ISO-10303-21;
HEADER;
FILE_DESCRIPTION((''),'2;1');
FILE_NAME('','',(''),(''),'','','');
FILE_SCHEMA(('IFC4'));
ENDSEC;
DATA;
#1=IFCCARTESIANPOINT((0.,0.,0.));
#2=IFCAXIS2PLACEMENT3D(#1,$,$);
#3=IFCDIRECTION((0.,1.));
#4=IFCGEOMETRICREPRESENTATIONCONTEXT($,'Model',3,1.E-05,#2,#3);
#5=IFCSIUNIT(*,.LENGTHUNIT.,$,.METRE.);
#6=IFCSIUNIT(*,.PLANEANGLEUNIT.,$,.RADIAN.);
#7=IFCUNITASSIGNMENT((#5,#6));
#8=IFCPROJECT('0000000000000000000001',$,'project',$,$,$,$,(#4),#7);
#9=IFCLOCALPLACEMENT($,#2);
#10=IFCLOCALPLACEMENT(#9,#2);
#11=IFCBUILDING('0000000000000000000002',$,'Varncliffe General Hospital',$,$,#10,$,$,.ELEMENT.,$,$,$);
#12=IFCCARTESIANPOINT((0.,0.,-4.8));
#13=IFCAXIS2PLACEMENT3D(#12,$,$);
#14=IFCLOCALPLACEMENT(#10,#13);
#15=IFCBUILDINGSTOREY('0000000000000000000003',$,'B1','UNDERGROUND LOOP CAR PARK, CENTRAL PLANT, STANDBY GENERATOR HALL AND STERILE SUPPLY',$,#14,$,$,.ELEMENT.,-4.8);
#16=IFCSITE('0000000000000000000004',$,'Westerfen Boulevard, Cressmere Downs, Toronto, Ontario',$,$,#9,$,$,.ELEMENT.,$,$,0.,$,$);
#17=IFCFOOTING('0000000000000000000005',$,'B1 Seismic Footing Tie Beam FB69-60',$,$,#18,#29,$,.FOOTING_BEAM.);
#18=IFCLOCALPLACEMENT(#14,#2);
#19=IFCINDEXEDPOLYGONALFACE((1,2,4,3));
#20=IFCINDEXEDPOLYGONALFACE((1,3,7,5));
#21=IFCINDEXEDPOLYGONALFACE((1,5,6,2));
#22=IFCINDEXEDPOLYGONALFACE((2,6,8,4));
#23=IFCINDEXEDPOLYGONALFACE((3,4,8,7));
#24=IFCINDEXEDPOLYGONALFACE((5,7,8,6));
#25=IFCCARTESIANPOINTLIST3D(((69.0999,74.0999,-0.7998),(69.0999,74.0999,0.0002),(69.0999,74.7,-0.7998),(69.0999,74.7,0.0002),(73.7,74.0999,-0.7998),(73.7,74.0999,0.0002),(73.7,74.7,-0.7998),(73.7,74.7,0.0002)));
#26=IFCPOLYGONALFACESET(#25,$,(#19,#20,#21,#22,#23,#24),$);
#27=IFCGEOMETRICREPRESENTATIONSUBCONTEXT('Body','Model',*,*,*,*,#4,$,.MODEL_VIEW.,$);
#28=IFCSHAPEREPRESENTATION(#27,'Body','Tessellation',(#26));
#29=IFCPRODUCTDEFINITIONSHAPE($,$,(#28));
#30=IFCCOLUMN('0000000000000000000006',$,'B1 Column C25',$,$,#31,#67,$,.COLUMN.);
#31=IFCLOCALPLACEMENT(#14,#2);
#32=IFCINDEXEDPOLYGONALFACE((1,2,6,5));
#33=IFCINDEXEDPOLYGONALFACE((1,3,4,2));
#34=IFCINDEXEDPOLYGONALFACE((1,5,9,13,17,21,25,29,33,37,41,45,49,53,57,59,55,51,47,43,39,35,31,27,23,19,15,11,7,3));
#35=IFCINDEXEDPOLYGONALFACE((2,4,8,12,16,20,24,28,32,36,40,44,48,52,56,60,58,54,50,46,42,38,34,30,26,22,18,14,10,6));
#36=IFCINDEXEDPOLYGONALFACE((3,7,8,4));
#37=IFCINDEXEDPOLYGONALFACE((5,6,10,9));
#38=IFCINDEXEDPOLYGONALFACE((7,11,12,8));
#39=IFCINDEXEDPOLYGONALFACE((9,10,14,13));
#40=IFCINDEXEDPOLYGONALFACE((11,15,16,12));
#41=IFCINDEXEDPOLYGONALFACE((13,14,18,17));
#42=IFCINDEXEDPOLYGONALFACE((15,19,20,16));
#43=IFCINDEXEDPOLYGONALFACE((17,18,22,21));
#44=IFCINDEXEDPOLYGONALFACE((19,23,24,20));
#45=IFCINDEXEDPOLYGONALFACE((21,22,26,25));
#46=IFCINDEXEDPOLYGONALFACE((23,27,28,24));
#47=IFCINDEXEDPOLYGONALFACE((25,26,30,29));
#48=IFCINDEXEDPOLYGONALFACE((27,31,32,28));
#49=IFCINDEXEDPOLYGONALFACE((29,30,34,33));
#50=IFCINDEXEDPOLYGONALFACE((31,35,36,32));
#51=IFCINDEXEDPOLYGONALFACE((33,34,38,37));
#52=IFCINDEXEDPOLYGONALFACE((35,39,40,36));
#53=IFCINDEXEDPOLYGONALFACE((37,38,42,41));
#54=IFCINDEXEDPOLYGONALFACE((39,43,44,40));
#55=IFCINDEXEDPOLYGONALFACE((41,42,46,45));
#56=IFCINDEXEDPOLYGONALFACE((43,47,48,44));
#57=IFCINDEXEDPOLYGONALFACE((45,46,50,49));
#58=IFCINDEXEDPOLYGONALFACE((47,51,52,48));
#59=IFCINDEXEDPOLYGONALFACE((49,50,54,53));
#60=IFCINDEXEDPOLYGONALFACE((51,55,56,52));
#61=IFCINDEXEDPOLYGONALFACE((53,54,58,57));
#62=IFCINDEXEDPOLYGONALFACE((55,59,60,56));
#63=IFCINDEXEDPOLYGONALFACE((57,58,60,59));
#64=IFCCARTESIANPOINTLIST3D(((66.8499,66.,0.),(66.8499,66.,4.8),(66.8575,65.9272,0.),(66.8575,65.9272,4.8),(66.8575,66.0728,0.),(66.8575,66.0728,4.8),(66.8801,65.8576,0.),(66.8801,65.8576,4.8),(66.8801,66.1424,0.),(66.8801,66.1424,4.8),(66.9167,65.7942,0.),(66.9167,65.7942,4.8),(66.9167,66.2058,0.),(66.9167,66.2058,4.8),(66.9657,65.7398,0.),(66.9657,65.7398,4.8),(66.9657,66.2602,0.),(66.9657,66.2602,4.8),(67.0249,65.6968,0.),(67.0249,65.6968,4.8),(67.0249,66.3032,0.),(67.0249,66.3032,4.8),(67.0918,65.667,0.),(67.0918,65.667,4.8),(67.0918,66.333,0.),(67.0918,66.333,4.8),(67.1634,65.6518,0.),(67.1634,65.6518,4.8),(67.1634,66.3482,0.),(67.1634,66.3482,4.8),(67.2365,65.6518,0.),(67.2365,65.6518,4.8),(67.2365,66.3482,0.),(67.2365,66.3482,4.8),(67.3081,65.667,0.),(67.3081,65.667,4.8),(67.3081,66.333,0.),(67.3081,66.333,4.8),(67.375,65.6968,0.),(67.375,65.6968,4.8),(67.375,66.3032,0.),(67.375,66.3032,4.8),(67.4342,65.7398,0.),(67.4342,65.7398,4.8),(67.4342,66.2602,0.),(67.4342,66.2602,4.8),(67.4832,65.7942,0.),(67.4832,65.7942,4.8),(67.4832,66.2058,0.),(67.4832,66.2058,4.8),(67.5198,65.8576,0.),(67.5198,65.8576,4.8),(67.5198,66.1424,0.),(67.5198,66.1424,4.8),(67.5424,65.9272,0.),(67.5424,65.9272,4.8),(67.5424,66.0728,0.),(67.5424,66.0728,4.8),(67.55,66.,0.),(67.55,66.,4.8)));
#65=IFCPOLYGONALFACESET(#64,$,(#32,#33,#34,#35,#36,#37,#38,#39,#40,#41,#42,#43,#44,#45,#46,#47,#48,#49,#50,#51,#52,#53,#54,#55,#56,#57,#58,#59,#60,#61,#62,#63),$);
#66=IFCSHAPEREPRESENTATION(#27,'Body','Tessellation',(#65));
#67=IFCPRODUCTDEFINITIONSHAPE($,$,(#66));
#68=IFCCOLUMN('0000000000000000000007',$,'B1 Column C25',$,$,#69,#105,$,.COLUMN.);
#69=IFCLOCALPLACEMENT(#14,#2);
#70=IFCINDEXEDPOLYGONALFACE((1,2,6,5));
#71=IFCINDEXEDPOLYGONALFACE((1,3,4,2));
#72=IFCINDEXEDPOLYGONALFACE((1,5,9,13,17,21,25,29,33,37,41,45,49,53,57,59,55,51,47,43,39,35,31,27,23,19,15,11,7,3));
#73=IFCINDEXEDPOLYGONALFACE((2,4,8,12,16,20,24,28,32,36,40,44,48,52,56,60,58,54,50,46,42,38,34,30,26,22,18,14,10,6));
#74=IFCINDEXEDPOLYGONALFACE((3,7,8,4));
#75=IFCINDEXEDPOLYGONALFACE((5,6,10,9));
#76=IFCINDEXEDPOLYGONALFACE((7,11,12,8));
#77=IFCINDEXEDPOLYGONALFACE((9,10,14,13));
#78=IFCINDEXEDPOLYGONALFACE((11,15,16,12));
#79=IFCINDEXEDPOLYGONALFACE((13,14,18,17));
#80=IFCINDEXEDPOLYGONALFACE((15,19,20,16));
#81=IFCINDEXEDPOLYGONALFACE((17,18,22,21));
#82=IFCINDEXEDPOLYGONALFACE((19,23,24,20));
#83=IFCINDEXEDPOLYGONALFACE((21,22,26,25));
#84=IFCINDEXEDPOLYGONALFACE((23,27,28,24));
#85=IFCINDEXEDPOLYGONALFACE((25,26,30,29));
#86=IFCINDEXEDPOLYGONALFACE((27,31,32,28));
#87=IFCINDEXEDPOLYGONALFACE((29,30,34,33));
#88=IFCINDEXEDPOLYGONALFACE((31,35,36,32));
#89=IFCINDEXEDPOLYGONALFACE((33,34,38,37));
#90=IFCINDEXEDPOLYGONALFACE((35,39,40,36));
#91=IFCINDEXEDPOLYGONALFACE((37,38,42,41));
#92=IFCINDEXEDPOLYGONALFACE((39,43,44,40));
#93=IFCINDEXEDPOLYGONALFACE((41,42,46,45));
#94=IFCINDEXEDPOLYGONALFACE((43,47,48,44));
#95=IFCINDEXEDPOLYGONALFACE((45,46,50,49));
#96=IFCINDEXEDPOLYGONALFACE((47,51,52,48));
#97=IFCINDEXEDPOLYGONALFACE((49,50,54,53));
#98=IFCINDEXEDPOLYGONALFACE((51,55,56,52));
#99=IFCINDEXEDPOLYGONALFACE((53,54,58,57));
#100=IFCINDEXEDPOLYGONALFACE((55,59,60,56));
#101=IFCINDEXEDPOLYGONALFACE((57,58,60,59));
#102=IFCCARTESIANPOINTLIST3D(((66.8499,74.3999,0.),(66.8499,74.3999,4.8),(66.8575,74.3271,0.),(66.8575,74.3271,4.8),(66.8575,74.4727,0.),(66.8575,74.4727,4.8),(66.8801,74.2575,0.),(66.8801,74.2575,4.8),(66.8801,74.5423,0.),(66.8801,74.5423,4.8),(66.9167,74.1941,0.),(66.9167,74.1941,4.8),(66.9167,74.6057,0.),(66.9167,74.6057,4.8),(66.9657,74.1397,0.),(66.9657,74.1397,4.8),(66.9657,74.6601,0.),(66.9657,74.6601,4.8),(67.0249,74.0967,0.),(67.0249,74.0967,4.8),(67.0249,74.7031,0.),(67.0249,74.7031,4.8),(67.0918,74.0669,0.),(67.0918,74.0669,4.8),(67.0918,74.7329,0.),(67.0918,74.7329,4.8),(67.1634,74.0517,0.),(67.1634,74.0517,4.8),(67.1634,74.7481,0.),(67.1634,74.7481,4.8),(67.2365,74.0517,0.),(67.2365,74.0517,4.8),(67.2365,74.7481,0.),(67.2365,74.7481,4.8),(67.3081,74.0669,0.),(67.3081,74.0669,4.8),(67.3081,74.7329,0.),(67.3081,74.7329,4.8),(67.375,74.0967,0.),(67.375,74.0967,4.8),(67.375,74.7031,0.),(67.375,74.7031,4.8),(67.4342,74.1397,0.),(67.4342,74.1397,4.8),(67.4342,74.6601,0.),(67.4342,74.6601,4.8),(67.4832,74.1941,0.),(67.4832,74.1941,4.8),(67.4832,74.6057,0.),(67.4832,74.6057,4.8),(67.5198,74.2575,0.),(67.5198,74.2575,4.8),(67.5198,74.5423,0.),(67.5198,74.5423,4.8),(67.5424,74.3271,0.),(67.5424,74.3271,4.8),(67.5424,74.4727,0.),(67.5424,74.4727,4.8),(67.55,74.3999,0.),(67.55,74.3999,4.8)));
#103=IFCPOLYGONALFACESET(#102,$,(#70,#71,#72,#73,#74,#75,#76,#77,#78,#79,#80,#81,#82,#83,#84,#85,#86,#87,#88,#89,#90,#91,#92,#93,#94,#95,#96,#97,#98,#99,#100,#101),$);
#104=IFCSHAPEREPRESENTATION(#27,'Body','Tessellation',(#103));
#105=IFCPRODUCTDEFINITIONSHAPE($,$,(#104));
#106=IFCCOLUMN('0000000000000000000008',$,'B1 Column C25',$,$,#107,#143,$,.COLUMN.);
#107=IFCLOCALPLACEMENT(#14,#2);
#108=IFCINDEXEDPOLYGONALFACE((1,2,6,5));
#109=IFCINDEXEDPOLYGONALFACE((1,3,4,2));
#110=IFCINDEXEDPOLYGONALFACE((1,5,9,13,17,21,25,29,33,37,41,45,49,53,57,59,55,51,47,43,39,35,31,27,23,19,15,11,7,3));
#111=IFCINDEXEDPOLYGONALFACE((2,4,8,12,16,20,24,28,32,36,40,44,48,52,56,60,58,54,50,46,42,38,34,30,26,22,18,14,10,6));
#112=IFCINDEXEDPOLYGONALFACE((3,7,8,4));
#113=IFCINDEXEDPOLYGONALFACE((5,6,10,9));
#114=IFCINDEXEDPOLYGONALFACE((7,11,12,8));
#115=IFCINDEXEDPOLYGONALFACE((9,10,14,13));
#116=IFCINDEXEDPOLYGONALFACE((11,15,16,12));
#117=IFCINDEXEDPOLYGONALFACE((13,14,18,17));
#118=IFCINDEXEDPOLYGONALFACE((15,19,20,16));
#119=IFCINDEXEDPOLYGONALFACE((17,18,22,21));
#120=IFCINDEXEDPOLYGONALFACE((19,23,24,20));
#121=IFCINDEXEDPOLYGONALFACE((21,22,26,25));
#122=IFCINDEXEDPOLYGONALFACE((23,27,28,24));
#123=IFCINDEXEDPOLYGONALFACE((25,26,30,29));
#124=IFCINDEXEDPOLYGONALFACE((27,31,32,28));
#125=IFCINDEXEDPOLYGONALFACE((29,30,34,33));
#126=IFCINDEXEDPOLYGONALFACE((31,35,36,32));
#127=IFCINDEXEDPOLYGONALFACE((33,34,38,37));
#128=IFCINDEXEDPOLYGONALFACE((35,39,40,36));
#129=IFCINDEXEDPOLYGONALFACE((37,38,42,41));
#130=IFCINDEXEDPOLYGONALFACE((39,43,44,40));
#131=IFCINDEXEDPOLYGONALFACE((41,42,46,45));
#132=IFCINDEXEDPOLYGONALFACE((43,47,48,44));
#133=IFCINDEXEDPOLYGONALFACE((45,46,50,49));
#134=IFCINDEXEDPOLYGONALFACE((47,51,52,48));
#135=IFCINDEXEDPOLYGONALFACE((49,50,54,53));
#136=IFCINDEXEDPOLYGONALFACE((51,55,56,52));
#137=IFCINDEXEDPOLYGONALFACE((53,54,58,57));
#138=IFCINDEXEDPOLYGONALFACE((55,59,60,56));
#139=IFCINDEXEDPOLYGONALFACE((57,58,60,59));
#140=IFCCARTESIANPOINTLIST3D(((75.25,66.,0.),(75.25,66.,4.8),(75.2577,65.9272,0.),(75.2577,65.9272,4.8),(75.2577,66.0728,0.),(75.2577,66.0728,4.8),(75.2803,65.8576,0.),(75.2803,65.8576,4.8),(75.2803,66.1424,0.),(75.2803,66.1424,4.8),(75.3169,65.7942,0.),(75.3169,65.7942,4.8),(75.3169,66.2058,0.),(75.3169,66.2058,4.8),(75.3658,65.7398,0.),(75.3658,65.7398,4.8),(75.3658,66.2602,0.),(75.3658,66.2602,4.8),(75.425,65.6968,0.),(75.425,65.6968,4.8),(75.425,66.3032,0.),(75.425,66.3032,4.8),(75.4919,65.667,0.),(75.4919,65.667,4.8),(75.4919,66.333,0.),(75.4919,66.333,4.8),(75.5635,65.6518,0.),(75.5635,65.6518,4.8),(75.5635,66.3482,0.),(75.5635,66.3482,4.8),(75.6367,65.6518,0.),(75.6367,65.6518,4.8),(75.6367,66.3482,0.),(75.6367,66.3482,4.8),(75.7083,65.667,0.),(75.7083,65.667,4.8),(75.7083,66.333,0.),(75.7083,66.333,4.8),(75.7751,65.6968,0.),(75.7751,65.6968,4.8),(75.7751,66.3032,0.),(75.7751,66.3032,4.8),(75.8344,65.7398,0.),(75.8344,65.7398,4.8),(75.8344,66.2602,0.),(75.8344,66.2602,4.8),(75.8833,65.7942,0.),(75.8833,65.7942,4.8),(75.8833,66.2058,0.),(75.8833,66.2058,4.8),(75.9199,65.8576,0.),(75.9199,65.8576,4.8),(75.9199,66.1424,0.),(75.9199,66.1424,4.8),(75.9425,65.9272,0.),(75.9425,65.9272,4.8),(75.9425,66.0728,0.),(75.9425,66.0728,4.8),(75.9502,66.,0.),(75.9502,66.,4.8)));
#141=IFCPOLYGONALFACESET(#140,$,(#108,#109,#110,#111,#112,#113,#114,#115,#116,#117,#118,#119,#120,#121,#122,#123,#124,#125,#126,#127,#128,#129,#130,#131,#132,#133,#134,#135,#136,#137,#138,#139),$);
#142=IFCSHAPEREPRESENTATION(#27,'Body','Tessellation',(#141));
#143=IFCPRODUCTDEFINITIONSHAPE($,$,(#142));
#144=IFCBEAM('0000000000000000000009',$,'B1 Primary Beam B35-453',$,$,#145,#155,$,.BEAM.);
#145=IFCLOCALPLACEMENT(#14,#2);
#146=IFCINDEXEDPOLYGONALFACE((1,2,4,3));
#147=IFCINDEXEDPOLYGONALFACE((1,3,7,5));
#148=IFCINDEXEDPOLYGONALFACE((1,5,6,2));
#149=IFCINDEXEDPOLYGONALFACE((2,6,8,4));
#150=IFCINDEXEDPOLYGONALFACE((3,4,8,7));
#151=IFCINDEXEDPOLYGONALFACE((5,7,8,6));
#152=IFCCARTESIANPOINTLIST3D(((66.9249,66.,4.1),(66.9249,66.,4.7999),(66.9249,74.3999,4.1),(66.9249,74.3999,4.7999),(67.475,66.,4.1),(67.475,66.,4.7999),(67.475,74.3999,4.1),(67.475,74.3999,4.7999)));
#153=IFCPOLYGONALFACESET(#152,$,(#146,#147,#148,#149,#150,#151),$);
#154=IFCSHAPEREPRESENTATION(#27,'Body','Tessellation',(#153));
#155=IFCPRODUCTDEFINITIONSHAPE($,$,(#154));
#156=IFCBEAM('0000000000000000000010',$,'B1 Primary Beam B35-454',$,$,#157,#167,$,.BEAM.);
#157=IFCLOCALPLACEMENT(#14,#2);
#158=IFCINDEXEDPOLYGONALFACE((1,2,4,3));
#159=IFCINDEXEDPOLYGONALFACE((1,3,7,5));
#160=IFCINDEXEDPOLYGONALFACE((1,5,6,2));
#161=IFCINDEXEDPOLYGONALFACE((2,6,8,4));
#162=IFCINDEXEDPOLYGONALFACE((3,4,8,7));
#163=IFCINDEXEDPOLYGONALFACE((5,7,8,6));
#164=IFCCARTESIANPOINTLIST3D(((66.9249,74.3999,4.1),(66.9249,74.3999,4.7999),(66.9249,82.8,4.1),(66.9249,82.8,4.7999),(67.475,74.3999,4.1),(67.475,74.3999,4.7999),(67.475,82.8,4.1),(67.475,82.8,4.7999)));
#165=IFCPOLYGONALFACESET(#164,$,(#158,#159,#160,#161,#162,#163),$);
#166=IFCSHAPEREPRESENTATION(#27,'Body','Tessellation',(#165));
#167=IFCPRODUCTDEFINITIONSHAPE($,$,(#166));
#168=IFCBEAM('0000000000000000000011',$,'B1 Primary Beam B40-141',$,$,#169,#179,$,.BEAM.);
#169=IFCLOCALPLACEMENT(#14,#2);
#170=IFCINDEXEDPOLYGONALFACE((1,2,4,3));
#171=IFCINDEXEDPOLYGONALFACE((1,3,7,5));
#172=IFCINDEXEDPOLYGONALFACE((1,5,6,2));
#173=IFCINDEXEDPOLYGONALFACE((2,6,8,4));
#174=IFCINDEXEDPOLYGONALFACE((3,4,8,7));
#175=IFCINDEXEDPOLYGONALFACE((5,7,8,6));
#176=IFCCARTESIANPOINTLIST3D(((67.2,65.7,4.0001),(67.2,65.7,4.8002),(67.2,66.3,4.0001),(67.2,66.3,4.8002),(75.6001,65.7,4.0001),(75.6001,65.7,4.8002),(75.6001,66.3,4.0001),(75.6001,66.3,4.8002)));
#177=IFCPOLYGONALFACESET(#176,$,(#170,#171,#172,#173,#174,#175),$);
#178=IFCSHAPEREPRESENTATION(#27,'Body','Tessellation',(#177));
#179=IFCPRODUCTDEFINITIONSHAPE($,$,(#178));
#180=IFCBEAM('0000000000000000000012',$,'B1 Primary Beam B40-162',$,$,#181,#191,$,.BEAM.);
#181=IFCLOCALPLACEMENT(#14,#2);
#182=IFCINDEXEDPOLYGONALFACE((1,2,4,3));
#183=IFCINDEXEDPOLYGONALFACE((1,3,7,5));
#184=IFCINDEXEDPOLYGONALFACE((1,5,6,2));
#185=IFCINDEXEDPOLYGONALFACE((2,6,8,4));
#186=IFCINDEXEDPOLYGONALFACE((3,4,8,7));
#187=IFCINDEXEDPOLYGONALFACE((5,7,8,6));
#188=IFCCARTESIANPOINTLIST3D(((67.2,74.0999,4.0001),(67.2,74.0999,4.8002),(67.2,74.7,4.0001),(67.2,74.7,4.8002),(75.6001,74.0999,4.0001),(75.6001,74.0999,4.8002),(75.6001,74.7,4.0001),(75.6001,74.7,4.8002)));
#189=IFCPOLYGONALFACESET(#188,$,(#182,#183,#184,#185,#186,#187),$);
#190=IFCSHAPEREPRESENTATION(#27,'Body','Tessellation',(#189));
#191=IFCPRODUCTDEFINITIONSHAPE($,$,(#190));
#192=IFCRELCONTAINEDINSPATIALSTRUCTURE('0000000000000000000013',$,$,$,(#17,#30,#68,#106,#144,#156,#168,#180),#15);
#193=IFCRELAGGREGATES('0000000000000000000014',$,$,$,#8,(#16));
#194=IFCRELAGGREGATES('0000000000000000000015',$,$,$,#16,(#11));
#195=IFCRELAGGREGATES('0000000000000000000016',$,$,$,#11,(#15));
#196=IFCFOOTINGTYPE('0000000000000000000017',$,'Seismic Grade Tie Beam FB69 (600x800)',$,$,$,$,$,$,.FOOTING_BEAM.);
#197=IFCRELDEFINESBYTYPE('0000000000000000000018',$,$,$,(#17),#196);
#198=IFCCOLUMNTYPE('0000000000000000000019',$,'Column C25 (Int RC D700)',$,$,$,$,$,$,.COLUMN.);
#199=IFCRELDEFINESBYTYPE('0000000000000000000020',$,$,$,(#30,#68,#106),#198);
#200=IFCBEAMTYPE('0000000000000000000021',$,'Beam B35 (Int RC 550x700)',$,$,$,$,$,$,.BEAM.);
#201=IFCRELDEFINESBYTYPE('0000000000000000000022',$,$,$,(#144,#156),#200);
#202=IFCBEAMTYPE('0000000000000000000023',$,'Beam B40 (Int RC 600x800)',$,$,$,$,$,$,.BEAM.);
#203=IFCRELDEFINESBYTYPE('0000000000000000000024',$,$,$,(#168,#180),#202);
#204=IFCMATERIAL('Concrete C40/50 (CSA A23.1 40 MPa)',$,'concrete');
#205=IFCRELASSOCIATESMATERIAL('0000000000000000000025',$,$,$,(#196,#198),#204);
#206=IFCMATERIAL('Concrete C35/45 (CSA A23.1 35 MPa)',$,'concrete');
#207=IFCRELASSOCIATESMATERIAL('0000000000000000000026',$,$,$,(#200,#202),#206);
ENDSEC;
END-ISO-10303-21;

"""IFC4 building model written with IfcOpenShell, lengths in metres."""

from ifc_helpers import new_model, si_unit, direction, frame, origin, origin_2d, place, context, subcontext, project, spatial, rectangle, circle, extrude, material, material_profile, profile_set, type_object, element, save


model = new_model("IFC4")

# Units and contexts
model_context = context("Model", 3, precision=1e-05, world=origin(), true_north=direction((0.0, 1.0)))
body_context = subcontext(model_context, "Body", "Model", "MODEL_VIEW")
ifc_project = project(units=[si_unit("LENGTHUNIT", "METRE"), si_unit("PLANEANGLEUNIT", "RADIAN")], contexts=[model_context])

# Site, building, storey
site_placement = place(None, origin())
site = spatial("IfcSite", under=ifc_project, at=site_placement, Name="Westerfen Boulevard, Cressmere Downs, Toronto, Ontario", CompositionType="ELEMENT", RefElevation=0.0)
building_placement = place(site_placement, origin())
building = spatial("IfcBuilding", under=site, at=building_placement, Name="Varncliffe General Hospital", CompositionType="ELEMENT")
storey_placement = place(building_placement, frame((0.0, 0.0, -4.8)))
storey = spatial("IfcBuildingStorey", under=building, at=storey_placement, Name="B1", Description="UNDERGROUND LOOP CAR PARK, CENTRAL PLANT, STANDBY GENERATOR HALL AND STERILE SUPPLY", CompositionType="ELEMENT", Elevation=-4.8)

# Shared definitions
ifc_material_1 = material(Name="Concrete C40/50 (CSA A23.1 40 MPa)", Category="concrete")

# Footing
footing_type_1 = type_object("IfcFootingType", Name="Seismic Grade Tie Beam FB69 (600x800)", PredefinedType="FOOTING_BEAM", material=ifc_material_1)
for number, where, z_axis, x_axis, name in (
    (1, (71.3999, 74.3999, -0.7998), (0.0, 0.0, 1.0), (1.0, 0.0, 0.0), "B1 Seismic Footing Tie Beam FB69-60"),
):
    element("IfcFooting", number, at=place(storey_placement, frame(where, z_axis=z_axis, x_axis=x_axis)), inside=storey, type_object=footing_type_1, Name=name, PredefinedType="FOOTING_BEAM", context=body_context, shape_type="SweptSolid", body=[
        extrude(rectangle(XDim=4.6001, YDim=0.6001, at=origin_2d()), origin(), (0.0, 0.0, 1.0), 0.8),
    ])

# Columns
ifc_material_profile_1 = material_profile(ifc_material_1, circle(Radius=0.3501, at=origin_2d()), Name="RC D700")
ifc_profile_set_1 = profile_set([ifc_material_profile_1], Name="Concrete C40/50 (CSA A23.1 40 MPa)")
column_type = type_object("IfcColumnType", Name="Column C25 (Int RC D700)", PredefinedType="COLUMN", material=ifc_profile_set_1)
for number, where, z_axis, x_axis, name in (
    (2, (67.2, 66.0, 0.0), (0.0, 0.0, 1.0), (1.0, 0.0, 0.0), "B1 Column C25"),
    (3, (67.2, 74.3999, 0.0), (0.0, 0.0, 1.0), (1.0, 0.0, 0.0), "B1 Column C25"),
    (4, (75.6001, 66.0, 0.0), (0.0, 0.0, 1.0), (1.0, 0.0, 0.0), "B1 Column C25"),
):
    element("IfcColumn", number, at=place(storey_placement, frame(where, z_axis=z_axis, x_axis=x_axis)), inside=storey, type_object=column_type, Name=name, PredefinedType="COLUMN", context=body_context, shape_type="SweptSolid", body=[
        extrude(circle(Radius=0.3501, at=origin_2d()), origin(), (0.0, 0.0, 1.0), 4.8),
    ])

# Beams
ifc_material_2 = material(Name="Concrete C35/45 (CSA A23.1 35 MPa)", Category="concrete")
ifc_material_profile_2 = material_profile(ifc_material_2, rectangle(XDim=0.55, YDim=0.7, at=origin_2d()), Name="RC 550x700")
ifc_profile_set_2 = profile_set([ifc_material_profile_2], Name="Concrete C35/45 (CSA A23.1 35 MPa)")
beam_type_1 = type_object("IfcBeamType", Name="Beam B35 (Int RC 550x700)", PredefinedType="BEAM", material=ifc_profile_set_2)
beam_1_placement = place(storey_placement, frame((67.2, 66.0, 4.45), z_axis=(0.0, 1.0, 0.0), x_axis=(-1.0, 0.0, 0.0)))
element("IfcBeam", 5, at=beam_1_placement, inside=storey, type_object=beam_type_1, Name="B1 Primary Beam B35-453", PredefinedType="BEAM", context=body_context, shape_type="SweptSolid", body=[
    extrude(rectangle(XDim=0.55, YDim=0.7, at=origin_2d()), origin(), (0.0, 0.0, 1.0), 8.3999),
])
beam_2_placement = place(storey_placement, frame((67.2, 74.3999, 4.45), z_axis=(0.0, 1.0, 0.0), x_axis=(-1.0, 0.0, 0.0)))
element("IfcBeam", 6, at=beam_2_placement, inside=storey, type_object=beam_type_1, Name="B1 Primary Beam B35-454", PredefinedType="BEAM", context=body_context, shape_type="SweptSolid", body=[
    extrude(rectangle(XDim=0.55, YDim=0.7, at=origin_2d()), origin(), (0.0, 0.0, 1.0), 8.4001),
])
ifc_material_profile_3 = material_profile(ifc_material_2, rectangle(XDim=0.6001, YDim=0.8, at=origin_2d()), Name="RC 600x800")
ifc_profile_set_3 = profile_set([ifc_material_profile_3], Name="Concrete C35/45 (CSA A23.1 35 MPa)")
beam_type_2 = type_object("IfcBeamType", Name="Beam B40 (Int RC 600x800)", PredefinedType="BEAM", material=ifc_profile_set_3)
for number, where, z_axis, x_axis, name in (
    (7, (67.2, 66.0, 4.4001), (1.0, 0.0, 0.0), (0.0, 1.0, 0.0), "B1 Primary Beam B40-141"),
    (8, (67.2, 74.3999, 4.4001), (1.0, 0.0, 0.0), (0.0, 1.0, 0.0), "B1 Primary Beam B40-162"),
):
    element("IfcBeam", number, at=place(storey_placement, frame(where, z_axis=z_axis, x_axis=x_axis)), inside=storey, type_object=beam_type_2, Name=name, PredefinedType="BEAM", context=body_context, shape_type="SweptSolid", body=[
        extrude(rectangle(XDim=0.6001, YDim=0.8, at=origin_2d()), origin(), (0.0, 0.0, 1.0), 8.4001),
    ])

save(model, "model.ifc")
